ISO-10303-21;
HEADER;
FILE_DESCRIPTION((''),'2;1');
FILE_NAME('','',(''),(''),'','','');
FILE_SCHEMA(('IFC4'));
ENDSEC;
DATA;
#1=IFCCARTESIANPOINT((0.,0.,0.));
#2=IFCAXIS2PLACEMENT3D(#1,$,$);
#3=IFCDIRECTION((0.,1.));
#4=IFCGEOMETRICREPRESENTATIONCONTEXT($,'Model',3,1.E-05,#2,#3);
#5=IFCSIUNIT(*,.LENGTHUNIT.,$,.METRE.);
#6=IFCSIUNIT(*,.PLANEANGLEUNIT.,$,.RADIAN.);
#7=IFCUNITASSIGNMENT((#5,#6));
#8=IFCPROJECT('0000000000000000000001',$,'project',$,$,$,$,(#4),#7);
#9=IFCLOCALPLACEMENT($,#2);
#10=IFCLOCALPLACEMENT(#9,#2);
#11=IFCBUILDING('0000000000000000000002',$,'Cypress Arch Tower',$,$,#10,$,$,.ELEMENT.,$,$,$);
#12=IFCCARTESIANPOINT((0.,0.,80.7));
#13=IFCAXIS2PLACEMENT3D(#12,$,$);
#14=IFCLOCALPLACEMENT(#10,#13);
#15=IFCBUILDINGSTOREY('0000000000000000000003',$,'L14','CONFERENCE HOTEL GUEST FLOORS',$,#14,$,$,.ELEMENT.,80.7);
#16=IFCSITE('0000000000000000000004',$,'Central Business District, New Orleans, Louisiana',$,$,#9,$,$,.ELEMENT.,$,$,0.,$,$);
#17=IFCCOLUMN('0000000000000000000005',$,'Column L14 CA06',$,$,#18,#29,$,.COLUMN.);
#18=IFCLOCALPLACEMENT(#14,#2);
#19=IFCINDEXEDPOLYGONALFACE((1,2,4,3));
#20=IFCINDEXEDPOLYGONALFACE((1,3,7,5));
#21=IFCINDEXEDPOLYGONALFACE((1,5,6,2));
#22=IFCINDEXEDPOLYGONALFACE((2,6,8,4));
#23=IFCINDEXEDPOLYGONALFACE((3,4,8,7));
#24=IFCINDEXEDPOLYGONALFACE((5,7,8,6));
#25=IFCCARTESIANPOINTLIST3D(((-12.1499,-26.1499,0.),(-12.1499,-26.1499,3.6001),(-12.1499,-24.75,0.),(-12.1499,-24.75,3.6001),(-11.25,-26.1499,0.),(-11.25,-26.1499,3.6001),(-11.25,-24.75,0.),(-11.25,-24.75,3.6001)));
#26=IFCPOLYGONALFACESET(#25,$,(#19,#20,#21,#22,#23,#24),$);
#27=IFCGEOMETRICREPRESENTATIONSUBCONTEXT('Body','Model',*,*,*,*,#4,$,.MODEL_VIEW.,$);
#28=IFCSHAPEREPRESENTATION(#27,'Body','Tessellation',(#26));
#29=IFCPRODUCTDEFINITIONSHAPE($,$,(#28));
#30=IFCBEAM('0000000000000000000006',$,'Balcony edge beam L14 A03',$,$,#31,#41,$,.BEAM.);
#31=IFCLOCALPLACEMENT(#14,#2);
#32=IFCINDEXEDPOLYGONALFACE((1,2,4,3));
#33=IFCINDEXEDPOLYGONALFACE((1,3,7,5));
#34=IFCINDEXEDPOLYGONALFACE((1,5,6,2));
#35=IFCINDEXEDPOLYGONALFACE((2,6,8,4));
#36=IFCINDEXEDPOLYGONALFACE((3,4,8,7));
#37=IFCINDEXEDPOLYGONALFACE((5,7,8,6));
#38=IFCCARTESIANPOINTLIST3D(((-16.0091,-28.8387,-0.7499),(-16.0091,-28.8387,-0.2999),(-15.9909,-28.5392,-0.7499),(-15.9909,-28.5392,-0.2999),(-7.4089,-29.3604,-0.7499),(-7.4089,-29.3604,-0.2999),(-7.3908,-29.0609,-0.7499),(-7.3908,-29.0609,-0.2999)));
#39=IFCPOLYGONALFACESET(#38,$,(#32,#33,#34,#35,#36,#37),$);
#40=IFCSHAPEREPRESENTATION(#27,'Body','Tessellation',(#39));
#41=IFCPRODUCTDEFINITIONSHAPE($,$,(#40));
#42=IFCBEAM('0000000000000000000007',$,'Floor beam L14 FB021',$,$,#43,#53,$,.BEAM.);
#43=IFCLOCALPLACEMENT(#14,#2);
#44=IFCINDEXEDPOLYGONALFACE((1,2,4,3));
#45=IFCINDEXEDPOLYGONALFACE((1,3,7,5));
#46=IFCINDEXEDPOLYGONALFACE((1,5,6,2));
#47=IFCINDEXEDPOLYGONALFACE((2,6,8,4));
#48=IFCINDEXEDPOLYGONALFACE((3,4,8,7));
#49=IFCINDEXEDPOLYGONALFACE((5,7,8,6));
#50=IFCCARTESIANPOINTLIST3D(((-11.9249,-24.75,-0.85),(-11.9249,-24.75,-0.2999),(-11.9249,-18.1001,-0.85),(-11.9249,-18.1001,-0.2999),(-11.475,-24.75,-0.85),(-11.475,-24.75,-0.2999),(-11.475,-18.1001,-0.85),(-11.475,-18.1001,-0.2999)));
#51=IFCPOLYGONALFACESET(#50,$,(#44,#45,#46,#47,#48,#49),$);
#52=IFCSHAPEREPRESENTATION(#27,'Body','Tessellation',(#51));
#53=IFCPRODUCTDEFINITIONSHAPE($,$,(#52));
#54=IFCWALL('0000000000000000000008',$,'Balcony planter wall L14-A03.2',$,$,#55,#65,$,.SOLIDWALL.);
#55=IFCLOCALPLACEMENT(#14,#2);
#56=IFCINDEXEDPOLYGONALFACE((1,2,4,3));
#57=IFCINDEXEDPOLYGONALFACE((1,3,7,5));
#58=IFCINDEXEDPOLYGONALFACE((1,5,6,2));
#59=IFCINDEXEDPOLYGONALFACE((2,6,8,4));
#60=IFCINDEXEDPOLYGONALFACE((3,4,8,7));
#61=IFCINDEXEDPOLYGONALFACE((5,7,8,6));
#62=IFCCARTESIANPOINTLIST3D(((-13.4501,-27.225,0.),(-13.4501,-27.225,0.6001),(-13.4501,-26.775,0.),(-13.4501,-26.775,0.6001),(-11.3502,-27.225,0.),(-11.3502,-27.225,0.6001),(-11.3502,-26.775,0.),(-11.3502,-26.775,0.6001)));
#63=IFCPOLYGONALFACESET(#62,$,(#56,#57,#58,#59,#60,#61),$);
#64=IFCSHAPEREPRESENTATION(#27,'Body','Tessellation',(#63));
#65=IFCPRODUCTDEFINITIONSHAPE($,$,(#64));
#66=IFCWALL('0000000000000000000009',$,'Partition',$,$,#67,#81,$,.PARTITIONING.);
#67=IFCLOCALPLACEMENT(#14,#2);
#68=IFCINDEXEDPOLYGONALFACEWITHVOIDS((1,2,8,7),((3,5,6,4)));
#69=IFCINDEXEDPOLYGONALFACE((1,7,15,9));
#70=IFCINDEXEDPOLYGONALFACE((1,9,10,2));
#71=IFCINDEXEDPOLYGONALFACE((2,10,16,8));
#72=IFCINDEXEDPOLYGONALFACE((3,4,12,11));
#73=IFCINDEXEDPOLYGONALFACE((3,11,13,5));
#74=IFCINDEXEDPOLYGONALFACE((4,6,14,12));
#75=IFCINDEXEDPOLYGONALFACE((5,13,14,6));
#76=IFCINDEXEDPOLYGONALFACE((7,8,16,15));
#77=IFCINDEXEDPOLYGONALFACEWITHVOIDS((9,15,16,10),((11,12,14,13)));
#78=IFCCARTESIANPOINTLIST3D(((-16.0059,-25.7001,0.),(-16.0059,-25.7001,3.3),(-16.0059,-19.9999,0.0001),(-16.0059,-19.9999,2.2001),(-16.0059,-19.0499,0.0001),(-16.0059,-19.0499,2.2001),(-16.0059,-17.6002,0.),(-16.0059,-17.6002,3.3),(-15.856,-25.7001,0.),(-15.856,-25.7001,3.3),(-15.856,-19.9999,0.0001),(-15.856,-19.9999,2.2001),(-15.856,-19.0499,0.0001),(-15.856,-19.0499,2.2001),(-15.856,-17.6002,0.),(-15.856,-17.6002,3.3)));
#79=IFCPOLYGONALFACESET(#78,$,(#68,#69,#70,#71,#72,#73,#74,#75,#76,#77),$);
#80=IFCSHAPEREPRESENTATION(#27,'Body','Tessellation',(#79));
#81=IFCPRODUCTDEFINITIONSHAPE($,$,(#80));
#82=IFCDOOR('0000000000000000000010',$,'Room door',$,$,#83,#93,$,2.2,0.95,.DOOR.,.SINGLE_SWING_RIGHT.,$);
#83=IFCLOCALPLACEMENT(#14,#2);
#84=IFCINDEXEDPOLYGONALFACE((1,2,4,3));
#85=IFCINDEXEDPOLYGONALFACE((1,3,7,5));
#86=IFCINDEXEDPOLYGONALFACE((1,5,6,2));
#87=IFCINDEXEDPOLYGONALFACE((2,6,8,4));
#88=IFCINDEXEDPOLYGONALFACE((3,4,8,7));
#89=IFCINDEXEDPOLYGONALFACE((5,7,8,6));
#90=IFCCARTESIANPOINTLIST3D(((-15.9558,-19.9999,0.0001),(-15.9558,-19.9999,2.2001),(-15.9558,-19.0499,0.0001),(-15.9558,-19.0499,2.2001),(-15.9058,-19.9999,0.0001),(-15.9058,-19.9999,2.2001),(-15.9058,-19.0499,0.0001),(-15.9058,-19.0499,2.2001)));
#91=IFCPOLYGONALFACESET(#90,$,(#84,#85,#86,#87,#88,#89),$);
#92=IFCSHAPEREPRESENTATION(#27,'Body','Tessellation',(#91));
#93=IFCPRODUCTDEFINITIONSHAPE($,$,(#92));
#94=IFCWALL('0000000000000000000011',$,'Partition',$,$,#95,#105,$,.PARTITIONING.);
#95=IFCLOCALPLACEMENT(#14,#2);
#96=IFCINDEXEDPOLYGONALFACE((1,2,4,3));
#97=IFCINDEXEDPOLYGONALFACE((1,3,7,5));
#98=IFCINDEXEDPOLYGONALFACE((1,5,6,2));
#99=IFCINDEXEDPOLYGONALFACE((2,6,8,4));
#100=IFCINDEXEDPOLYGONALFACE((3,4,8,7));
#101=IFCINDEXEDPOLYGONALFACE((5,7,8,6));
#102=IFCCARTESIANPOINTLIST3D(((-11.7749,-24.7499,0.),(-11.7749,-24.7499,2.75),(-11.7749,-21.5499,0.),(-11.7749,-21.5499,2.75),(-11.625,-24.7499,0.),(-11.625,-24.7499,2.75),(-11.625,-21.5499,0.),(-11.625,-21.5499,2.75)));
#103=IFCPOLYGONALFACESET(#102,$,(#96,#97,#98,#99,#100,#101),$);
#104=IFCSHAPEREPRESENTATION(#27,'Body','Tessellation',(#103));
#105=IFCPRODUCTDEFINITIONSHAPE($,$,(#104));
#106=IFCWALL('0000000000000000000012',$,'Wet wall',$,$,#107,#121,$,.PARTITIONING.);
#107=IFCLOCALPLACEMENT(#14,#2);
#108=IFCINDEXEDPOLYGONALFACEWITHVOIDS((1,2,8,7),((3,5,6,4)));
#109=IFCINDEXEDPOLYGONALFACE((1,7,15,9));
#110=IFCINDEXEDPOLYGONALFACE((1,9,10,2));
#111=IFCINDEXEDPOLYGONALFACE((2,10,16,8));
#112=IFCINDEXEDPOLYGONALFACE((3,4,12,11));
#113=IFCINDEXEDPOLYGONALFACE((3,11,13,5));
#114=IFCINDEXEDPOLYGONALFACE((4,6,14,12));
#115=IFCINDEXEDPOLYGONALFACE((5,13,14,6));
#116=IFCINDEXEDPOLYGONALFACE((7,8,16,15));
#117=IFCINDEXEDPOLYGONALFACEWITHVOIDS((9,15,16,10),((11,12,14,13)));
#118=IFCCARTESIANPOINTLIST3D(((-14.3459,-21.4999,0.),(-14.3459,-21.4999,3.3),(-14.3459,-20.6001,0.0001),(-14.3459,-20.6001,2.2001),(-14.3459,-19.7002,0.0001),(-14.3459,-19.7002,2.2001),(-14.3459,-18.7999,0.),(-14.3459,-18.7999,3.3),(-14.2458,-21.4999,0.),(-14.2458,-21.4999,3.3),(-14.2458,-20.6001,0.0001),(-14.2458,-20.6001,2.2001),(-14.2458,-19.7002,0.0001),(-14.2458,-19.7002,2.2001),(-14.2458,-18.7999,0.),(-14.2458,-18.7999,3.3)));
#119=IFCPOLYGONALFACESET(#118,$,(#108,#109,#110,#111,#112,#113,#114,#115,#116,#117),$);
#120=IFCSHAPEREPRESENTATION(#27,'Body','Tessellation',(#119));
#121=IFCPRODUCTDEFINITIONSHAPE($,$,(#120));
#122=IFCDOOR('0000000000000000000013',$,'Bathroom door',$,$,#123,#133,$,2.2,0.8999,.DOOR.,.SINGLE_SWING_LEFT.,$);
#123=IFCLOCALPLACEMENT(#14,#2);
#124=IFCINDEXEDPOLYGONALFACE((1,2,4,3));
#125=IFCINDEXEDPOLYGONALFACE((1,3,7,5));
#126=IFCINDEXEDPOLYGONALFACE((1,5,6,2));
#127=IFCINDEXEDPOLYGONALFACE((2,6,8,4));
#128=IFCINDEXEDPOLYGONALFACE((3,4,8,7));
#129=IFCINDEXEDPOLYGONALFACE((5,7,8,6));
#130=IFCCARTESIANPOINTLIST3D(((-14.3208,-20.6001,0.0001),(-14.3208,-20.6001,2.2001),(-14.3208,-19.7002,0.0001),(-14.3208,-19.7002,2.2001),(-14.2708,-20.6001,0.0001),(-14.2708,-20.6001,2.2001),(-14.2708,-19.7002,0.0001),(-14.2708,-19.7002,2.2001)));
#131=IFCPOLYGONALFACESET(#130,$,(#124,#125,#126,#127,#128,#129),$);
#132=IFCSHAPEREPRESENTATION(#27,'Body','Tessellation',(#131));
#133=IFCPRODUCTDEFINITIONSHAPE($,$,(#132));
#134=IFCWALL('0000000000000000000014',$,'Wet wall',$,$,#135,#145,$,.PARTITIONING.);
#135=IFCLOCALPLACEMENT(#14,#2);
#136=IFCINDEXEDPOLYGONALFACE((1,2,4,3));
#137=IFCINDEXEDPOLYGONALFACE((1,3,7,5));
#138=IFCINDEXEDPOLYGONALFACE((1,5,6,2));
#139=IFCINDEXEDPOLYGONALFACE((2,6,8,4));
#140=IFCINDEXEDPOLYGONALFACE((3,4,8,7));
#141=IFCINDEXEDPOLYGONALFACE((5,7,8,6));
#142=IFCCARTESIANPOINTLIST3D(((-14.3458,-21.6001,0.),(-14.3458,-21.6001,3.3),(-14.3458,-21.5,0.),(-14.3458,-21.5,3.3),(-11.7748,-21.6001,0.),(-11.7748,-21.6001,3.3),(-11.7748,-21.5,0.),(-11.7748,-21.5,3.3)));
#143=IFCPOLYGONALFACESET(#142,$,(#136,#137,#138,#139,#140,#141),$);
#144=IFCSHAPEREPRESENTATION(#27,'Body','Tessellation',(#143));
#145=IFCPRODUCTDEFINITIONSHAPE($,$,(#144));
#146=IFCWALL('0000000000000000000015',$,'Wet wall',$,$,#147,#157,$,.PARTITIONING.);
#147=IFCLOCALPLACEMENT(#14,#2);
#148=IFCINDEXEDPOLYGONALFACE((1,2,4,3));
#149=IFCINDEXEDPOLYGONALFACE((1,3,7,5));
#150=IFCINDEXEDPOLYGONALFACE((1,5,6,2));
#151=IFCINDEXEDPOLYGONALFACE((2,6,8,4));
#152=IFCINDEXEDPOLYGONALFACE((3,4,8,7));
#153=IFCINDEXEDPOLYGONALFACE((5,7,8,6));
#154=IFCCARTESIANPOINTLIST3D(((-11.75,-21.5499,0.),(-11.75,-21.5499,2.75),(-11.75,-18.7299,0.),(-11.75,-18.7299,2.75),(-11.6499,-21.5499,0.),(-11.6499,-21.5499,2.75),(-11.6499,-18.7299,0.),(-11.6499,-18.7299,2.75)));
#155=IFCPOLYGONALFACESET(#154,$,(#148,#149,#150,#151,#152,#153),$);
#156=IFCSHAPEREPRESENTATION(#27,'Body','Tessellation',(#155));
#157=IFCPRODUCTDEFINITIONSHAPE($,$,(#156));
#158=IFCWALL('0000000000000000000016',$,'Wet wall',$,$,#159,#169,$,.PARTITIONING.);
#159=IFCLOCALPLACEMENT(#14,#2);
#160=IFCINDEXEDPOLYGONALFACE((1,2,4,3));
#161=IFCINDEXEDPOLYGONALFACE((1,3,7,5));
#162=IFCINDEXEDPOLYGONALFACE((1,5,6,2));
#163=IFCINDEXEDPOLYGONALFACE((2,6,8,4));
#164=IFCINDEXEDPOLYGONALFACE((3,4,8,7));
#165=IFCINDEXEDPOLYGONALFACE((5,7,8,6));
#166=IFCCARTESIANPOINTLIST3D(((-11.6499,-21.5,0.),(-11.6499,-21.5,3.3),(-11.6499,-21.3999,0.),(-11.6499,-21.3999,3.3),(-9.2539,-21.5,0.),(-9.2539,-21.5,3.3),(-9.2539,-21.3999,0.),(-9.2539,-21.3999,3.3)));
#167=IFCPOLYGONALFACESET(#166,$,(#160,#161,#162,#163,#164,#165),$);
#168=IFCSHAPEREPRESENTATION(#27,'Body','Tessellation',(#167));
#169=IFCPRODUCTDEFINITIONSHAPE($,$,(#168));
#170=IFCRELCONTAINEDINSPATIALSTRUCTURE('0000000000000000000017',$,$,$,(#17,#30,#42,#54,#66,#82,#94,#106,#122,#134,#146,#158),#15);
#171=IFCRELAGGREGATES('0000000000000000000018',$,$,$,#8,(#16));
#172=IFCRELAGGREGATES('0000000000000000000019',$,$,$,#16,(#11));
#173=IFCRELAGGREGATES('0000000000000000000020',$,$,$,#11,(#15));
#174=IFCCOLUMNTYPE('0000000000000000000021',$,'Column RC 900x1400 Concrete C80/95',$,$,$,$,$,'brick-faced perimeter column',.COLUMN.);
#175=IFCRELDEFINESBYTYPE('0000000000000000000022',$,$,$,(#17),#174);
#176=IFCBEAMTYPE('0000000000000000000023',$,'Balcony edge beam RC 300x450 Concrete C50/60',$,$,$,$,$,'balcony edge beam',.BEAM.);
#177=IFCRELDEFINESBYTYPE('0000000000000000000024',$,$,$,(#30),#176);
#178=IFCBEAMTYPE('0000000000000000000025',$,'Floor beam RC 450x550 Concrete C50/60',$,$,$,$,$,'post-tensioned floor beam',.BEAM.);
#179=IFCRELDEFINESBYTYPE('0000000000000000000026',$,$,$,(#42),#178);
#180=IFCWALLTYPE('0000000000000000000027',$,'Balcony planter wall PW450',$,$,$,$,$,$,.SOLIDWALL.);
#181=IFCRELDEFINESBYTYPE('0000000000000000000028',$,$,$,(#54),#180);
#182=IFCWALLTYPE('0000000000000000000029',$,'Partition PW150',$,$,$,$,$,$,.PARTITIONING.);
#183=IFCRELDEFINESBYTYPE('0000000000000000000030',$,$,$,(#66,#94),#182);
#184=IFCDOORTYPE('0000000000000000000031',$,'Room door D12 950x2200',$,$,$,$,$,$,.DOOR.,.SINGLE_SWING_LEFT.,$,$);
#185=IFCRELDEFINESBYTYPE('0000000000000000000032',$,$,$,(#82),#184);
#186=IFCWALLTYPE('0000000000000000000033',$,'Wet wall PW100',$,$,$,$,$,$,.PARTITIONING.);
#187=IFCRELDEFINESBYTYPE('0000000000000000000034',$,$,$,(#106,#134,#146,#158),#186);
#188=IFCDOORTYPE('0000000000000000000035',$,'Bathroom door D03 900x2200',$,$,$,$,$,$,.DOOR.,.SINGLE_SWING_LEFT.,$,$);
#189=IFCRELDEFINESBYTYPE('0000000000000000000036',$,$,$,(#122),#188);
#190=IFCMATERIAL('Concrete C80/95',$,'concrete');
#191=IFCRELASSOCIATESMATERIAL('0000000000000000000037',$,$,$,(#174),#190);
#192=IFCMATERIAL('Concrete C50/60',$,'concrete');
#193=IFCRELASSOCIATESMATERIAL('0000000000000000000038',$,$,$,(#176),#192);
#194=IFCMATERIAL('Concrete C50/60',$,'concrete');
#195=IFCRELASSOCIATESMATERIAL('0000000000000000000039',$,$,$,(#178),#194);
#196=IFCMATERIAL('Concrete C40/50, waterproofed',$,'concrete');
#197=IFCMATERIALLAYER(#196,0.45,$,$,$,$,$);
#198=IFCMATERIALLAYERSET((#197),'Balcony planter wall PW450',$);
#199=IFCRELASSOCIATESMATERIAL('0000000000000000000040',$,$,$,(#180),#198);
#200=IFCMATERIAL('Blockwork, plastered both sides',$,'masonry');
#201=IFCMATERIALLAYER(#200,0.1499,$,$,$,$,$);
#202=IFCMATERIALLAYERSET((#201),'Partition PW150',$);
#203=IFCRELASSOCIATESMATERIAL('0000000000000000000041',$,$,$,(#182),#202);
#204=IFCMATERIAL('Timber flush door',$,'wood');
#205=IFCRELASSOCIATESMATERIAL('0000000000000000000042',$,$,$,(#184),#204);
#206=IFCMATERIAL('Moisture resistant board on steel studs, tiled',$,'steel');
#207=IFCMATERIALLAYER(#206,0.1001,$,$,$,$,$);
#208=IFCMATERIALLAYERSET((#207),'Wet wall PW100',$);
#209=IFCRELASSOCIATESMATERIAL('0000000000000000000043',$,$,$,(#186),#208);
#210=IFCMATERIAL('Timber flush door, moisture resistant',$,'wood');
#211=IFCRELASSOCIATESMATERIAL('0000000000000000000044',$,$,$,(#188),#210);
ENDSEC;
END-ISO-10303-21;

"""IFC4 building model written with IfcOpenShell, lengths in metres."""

from ifc_helpers import new_model, si_unit, direction, frame, frame_2d, origin, origin_2d, place, context, subcontext, project, spatial, rectangle, extrude, material, layer, layer_set, material_profile, profile_set, type_object, element, fill, save


model = new_model("IFC4")

# Units and contexts
model_context = context("Model", 3, precision=1e-05, world=origin(), true_north=direction((0.0, 1.0)))
body_context = subcontext(model_context, "Body", "Model", "MODEL_VIEW")
ifc_project = project(units=[si_unit("LENGTHUNIT", "METRE"), si_unit("PLANEANGLEUNIT", "RADIAN")], contexts=[model_context])

# Site, building, storey
site_placement = place(None, origin())
site = spatial("IfcSite", under=ifc_project, at=site_placement, Name="Central Business District, New Orleans, Louisiana", CompositionType="ELEMENT", RefElevation=0.0)
building_placement = place(site_placement, origin())
building = spatial("IfcBuilding", under=site, at=building_placement, Name="Cypress Arch Tower", CompositionType="ELEMENT")
storey_placement = place(building_placement, frame((0.0, 0.0, 80.7)))
storey = spatial("IfcBuildingStorey", under=building, at=storey_placement, Name="L14", Description="CONFERENCE HOTEL GUEST FLOORS", CompositionType="ELEMENT", Elevation=80.7)

# Column
ifc_material_1 = material(Name="Concrete C80/95", Category="concrete")
ifc_material_profile_1 = material_profile(ifc_material_1, rectangle(XDim=0.8999, YDim=1.3999, at=origin_2d()), Name="RC 900x1400")
ifc_profile_set_1 = profile_set([ifc_material_profile_1], Name="Concrete C80/95")
column_type = type_object("IfcColumnType", Name="Column RC 900x1400 Concrete C80/95", ElementType="brick-faced perimeter column", PredefinedType="COLUMN", material=ifc_profile_set_1)
column_placement = place(storey_placement, frame((-11.7, -25.45, 0.0), z_axis=(0.0, 0.0, 1.0), x_axis=(1.0, 0.0, 0.0)))
element("IfcColumn", 1, at=column_placement, inside=storey, type_object=column_type, Name="Column L14 CA06", PredefinedType="COLUMN", context=body_context, shape_type="SweptSolid", body=[
    extrude(rectangle(XDim=0.8999, YDim=1.3999, at=origin_2d()), origin(), (0.0, 0.0, 1.0), 3.6001),
])

# Beams
ifc_material_2 = material(Name="Concrete C50/60", Category="concrete")
ifc_material_profile_2 = material_profile(ifc_material_2, rectangle(XDim=0.3, YDim=0.45, at=origin_2d()), Name="RC 300x450")
ifc_profile_set_2 = profile_set([ifc_material_profile_2], Name="Concrete C50/60")
beam_type_1 = type_object("IfcBeamType", Name="Balcony edge beam RC 300x450 Concrete C50/60", ElementType="balcony edge beam", PredefinedType="BEAM", material=ifc_profile_set_2)
beam_1_placement = place(storey_placement, frame((-16.0, -28.689, -0.5249), z_axis=(0.998165, -0.060554, 0.0), x_axis=(0.060554, 0.998165, 0.0)))
element("IfcBeam", 2, at=beam_1_placement, inside=storey, type_object=beam_type_1, Name="Balcony edge beam L14 A03", PredefinedType="BEAM", context=body_context, shape_type="SweptSolid", body=[
    extrude(rectangle(XDim=0.3, YDim=0.45, at=origin_2d()), origin(), (0.0, 0.0, 1.0), 8.616),
])
ifc_material_3 = material(Name="Concrete C50/60", Category="concrete")
ifc_material_profile_3 = material_profile(ifc_material_3, rectangle(XDim=0.45, YDim=0.55, at=origin_2d()), Name="RC 450x550")
ifc_profile_set_3 = profile_set([ifc_material_profile_3], Name="Concrete C50/60")
beam_type_2 = type_object("IfcBeamType", Name="Floor beam RC 450x550 Concrete C50/60", ElementType="post-tensioned floor beam", PredefinedType="BEAM", material=ifc_profile_set_3)
beam_2_placement = place(storey_placement, frame((-11.7, -24.75, -0.575), z_axis=(0.0, 1.0, 0.0), x_axis=(-1.0, 0.0, 0.0)))
element("IfcBeam", 3, at=beam_2_placement, inside=storey, type_object=beam_type_2, Name="Floor beam L14 FB021", PredefinedType="BEAM", context=body_context, shape_type="SweptSolid", body=[
    extrude(rectangle(XDim=0.45, YDim=0.55, at=origin_2d()), origin(), (0.0, 0.0, 1.0), 6.6499),
])

# Wall
ifc_material_4 = material(Name="Concrete C40/50, waterproofed", Category="concrete")
ifc_layer_1 = layer(ifc_material_4, 0.45)
ifc_layer_set_1 = layer_set([ifc_layer_1], Name="Balcony planter wall PW450")
wall_type_1 = type_object("IfcWallType", Name="Balcony planter wall PW450", PredefinedType="SOLIDWALL", material=ifc_layer_set_1)
wall_1_placement = place(storey_placement, frame((-13.45, -27.0, 0.0), z_axis=(0.0, 0.0, 1.0), x_axis=(1.0, 0.0, 0.0)))
element("IfcWall", 4, at=wall_1_placement, inside=storey, type_object=wall_type_1, Name="Balcony planter wall L14-A03.2", PredefinedType="SOLIDWALL", context=body_context, shape_type="SweptSolid", body=[
    extrude(rectangle(XDim=2.0999, YDim=0.45, at=frame_2d((1.0498, 0.0))), origin(), (0.0, 0.0, 1.0), 0.6001),
])

# Wall, opening, door
ifc_material_5 = material(Name="Blockwork, plastered both sides", Category="masonry")
ifc_layer_2 = layer(ifc_material_5, 0.1499)
ifc_layer_set_2 = layer_set([ifc_layer_2], Name="Partition PW150")
wall_type_2 = type_object("IfcWallType", Name="Partition PW150", PredefinedType="PARTITIONING", material=ifc_layer_set_2)
wall_2_placement = place(storey_placement, frame((-15.9309, -25.7, 0.0), z_axis=(0.0, 0.0, 1.0), x_axis=(0.0, 1.0, 0.0)))
wall_2 = element("IfcWall", 5, at=wall_2_placement, inside=storey, type_object=wall_type_2, Name="Partition", PredefinedType="PARTITIONING", context=body_context, shape_type="SweptSolid", body=[
    extrude(rectangle(XDim=8.0999, YDim=0.1499, at=frame_2d((4.0498, 0.0))), origin(), (0.0, 0.0, 1.0), 3.3),
])
opening_1_placement = place(wall_2_placement, frame((5.7, 0.0, 0.0)))
opening_1 = element("IfcOpeningElement", 6, at=opening_1_placement, cuts=wall_2, PredefinedType="OPENING", context=body_context, shape_type="SweptSolid", body=[
    extrude(rectangle(XDim=0.95, YDim=2.2, at=frame_2d((0.4751, 1.1001))), frame((0.0, 0.085, 0.0), z_axis=(0.0, -1.0, 0.0), x_axis=(1.0, 0.0, 0.0)), (0.0, 0.0, 1.0), 0.1699),
])
ifc_material_6 = material(Name="Timber flush door", Category="wood")
door_type_1 = type_object("IfcDoorType", Name="Room door D12 950x2200", OperationType="SINGLE_SWING_LEFT", PredefinedType="DOOR", material=ifc_material_6)
door_1_placement = place(opening_1_placement, origin())
door_1 = element("IfcDoor", 7, at=door_1_placement, inside=storey, type_object=door_type_1, Name="Room door", OperationType="SINGLE_SWING_RIGHT", OverallHeight=2.2, OverallWidth=0.95, PredefinedType="DOOR", context=body_context, shape_type="SweptSolid", body=[
    extrude(rectangle(XDim=0.95, YDim=2.2, at=frame_2d((0.4751, 1.1001))), frame((0.0, 0.0249, 0.0), z_axis=(0.0, -1.0, 0.0), x_axis=(1.0, 0.0, 0.0)), (0.0, 0.0, 1.0), 0.05),
])
fill(opening_1, door_1)

# Wall
wall_3_placement = place(storey_placement, frame((-11.7, -24.75, 0.0), z_axis=(0.0, 0.0, 1.0), x_axis=(0.0, 1.0, 0.0)))
element("IfcWall", 8, at=wall_3_placement, inside=storey, type_object=wall_type_2, Name="Partition", PredefinedType="PARTITIONING", context=body_context, shape_type="SweptSolid", body=[
    extrude(rectangle(XDim=3.2, YDim=0.1499, at=frame_2d((1.6001, 0.0))), origin(), (0.0, 0.0, 1.0), 2.75),
])

# Wall, opening, door
ifc_material_7 = material(Name="Moisture resistant board on steel studs, tiled", Category="steel")
ifc_layer_3 = layer(ifc_material_7, 0.1001)
ifc_layer_set_3 = layer_set([ifc_layer_3], Name="Wet wall PW100")
wall_type_3 = type_object("IfcWallType", Name="Wet wall PW100", PredefinedType="PARTITIONING", material=ifc_layer_set_3)
wall_4_placement = place(storey_placement, frame((-14.2959, -21.5, 0.0), z_axis=(0.0, 0.0, 1.0), x_axis=(0.0, 1.0, 0.0)))
wall_4 = element("IfcWall", 9, at=wall_4_placement, inside=storey, type_object=wall_type_3, Name="Wet wall", PredefinedType="PARTITIONING", context=body_context, shape_type="SweptSolid", body=[
    extrude(rectangle(XDim=2.7, YDim=0.1001, at=frame_2d((1.3501, 0.0))), origin(), (0.0, 0.0, 1.0), 3.3),
])
opening_2_placement = place(wall_4_placement, frame((0.8999, 0.0, 0.0)))
opening_2 = element("IfcOpeningElement", 10, at=opening_2_placement, cuts=wall_4, PredefinedType="OPENING", context=body_context, shape_type="SweptSolid", body=[
    extrude(rectangle(XDim=0.8999, YDim=2.2, at=frame_2d((0.45, 1.1001))), frame((0.0, 0.0601, 0.0), z_axis=(0.0, -1.0, 0.0), x_axis=(1.0, 0.0, 0.0)), (0.0, 0.0, 1.0), 0.1201),
])
ifc_material_8 = material(Name="Timber flush door, moisture resistant", Category="wood")
door_type_2 = type_object("IfcDoorType", Name="Bathroom door D03 900x2200", OperationType="SINGLE_SWING_LEFT", PredefinedType="DOOR", material=ifc_material_8)
door_2_placement = place(opening_2_placement, origin())
door_2 = element("IfcDoor", 11, at=door_2_placement, inside=storey, type_object=door_type_2, Name="Bathroom door", OperationType="SINGLE_SWING_LEFT", OverallHeight=2.2, OverallWidth=0.8999, PredefinedType="DOOR", context=body_context, shape_type="SweptSolid", body=[
    extrude(rectangle(XDim=0.8999, YDim=2.2, at=frame_2d((0.45, 1.1001))), frame((0.0, 0.0249, 0.0), z_axis=(0.0, -1.0, 0.0), x_axis=(1.0, 0.0, 0.0)), (0.0, 0.0, 1.0), 0.05),
])
fill(opening_2, door_2)

# Walls
wall_5_placement = place(storey_placement, frame((-14.3459, -21.55, 0.0), z_axis=(0.0, 0.0, 1.0), x_axis=(1.0, 0.0, 0.0)))
element("IfcWall", 12, at=wall_5_placement, inside=storey, type_object=wall_type_3, Name="Wet wall", PredefinedType="PARTITIONING", context=body_context, shape_type="SweptSolid", body=[
    extrude(rectangle(XDim=2.571, YDim=0.1001, at=frame_2d((1.2856, 0.0))), origin(), (0.0, 0.0, 1.0), 3.3),
])
wall_6_placement = place(storey_placement, frame((-11.7, -21.55, 0.0), z_axis=(0.0, 0.0, 1.0), x_axis=(0.0, 1.0, 0.0)))
element("IfcWall", 13, at=wall_6_placement, inside=storey, type_object=wall_type_3, Name="Wet wall", PredefinedType="PARTITIONING", context=body_context, shape_type="SweptSolid", body=[
    extrude(rectangle(XDim=2.8201, YDim=0.1001, at=frame_2d((1.4102, 0.0))), origin(), (0.0, 0.0, 1.0), 2.75),
])
wall_7_placement = place(storey_placement, frame((-11.6499, -21.45, 0.0), z_axis=(0.0, 0.0, 1.0), x_axis=(1.0, 0.0, 0.0)))
element("IfcWall", 14, at=wall_7_placement, inside=storey, type_object=wall_type_3, Name="Wet wall", PredefinedType="PARTITIONING", context=body_context, shape_type="SweptSolid", body=[
    extrude(rectangle(XDim=2.396, YDim=0.1001, at=frame_2d((1.198, 0.0))), origin(), (0.0, 0.0, 1.0), 3.3),
])

save(model, "model.ifc")
